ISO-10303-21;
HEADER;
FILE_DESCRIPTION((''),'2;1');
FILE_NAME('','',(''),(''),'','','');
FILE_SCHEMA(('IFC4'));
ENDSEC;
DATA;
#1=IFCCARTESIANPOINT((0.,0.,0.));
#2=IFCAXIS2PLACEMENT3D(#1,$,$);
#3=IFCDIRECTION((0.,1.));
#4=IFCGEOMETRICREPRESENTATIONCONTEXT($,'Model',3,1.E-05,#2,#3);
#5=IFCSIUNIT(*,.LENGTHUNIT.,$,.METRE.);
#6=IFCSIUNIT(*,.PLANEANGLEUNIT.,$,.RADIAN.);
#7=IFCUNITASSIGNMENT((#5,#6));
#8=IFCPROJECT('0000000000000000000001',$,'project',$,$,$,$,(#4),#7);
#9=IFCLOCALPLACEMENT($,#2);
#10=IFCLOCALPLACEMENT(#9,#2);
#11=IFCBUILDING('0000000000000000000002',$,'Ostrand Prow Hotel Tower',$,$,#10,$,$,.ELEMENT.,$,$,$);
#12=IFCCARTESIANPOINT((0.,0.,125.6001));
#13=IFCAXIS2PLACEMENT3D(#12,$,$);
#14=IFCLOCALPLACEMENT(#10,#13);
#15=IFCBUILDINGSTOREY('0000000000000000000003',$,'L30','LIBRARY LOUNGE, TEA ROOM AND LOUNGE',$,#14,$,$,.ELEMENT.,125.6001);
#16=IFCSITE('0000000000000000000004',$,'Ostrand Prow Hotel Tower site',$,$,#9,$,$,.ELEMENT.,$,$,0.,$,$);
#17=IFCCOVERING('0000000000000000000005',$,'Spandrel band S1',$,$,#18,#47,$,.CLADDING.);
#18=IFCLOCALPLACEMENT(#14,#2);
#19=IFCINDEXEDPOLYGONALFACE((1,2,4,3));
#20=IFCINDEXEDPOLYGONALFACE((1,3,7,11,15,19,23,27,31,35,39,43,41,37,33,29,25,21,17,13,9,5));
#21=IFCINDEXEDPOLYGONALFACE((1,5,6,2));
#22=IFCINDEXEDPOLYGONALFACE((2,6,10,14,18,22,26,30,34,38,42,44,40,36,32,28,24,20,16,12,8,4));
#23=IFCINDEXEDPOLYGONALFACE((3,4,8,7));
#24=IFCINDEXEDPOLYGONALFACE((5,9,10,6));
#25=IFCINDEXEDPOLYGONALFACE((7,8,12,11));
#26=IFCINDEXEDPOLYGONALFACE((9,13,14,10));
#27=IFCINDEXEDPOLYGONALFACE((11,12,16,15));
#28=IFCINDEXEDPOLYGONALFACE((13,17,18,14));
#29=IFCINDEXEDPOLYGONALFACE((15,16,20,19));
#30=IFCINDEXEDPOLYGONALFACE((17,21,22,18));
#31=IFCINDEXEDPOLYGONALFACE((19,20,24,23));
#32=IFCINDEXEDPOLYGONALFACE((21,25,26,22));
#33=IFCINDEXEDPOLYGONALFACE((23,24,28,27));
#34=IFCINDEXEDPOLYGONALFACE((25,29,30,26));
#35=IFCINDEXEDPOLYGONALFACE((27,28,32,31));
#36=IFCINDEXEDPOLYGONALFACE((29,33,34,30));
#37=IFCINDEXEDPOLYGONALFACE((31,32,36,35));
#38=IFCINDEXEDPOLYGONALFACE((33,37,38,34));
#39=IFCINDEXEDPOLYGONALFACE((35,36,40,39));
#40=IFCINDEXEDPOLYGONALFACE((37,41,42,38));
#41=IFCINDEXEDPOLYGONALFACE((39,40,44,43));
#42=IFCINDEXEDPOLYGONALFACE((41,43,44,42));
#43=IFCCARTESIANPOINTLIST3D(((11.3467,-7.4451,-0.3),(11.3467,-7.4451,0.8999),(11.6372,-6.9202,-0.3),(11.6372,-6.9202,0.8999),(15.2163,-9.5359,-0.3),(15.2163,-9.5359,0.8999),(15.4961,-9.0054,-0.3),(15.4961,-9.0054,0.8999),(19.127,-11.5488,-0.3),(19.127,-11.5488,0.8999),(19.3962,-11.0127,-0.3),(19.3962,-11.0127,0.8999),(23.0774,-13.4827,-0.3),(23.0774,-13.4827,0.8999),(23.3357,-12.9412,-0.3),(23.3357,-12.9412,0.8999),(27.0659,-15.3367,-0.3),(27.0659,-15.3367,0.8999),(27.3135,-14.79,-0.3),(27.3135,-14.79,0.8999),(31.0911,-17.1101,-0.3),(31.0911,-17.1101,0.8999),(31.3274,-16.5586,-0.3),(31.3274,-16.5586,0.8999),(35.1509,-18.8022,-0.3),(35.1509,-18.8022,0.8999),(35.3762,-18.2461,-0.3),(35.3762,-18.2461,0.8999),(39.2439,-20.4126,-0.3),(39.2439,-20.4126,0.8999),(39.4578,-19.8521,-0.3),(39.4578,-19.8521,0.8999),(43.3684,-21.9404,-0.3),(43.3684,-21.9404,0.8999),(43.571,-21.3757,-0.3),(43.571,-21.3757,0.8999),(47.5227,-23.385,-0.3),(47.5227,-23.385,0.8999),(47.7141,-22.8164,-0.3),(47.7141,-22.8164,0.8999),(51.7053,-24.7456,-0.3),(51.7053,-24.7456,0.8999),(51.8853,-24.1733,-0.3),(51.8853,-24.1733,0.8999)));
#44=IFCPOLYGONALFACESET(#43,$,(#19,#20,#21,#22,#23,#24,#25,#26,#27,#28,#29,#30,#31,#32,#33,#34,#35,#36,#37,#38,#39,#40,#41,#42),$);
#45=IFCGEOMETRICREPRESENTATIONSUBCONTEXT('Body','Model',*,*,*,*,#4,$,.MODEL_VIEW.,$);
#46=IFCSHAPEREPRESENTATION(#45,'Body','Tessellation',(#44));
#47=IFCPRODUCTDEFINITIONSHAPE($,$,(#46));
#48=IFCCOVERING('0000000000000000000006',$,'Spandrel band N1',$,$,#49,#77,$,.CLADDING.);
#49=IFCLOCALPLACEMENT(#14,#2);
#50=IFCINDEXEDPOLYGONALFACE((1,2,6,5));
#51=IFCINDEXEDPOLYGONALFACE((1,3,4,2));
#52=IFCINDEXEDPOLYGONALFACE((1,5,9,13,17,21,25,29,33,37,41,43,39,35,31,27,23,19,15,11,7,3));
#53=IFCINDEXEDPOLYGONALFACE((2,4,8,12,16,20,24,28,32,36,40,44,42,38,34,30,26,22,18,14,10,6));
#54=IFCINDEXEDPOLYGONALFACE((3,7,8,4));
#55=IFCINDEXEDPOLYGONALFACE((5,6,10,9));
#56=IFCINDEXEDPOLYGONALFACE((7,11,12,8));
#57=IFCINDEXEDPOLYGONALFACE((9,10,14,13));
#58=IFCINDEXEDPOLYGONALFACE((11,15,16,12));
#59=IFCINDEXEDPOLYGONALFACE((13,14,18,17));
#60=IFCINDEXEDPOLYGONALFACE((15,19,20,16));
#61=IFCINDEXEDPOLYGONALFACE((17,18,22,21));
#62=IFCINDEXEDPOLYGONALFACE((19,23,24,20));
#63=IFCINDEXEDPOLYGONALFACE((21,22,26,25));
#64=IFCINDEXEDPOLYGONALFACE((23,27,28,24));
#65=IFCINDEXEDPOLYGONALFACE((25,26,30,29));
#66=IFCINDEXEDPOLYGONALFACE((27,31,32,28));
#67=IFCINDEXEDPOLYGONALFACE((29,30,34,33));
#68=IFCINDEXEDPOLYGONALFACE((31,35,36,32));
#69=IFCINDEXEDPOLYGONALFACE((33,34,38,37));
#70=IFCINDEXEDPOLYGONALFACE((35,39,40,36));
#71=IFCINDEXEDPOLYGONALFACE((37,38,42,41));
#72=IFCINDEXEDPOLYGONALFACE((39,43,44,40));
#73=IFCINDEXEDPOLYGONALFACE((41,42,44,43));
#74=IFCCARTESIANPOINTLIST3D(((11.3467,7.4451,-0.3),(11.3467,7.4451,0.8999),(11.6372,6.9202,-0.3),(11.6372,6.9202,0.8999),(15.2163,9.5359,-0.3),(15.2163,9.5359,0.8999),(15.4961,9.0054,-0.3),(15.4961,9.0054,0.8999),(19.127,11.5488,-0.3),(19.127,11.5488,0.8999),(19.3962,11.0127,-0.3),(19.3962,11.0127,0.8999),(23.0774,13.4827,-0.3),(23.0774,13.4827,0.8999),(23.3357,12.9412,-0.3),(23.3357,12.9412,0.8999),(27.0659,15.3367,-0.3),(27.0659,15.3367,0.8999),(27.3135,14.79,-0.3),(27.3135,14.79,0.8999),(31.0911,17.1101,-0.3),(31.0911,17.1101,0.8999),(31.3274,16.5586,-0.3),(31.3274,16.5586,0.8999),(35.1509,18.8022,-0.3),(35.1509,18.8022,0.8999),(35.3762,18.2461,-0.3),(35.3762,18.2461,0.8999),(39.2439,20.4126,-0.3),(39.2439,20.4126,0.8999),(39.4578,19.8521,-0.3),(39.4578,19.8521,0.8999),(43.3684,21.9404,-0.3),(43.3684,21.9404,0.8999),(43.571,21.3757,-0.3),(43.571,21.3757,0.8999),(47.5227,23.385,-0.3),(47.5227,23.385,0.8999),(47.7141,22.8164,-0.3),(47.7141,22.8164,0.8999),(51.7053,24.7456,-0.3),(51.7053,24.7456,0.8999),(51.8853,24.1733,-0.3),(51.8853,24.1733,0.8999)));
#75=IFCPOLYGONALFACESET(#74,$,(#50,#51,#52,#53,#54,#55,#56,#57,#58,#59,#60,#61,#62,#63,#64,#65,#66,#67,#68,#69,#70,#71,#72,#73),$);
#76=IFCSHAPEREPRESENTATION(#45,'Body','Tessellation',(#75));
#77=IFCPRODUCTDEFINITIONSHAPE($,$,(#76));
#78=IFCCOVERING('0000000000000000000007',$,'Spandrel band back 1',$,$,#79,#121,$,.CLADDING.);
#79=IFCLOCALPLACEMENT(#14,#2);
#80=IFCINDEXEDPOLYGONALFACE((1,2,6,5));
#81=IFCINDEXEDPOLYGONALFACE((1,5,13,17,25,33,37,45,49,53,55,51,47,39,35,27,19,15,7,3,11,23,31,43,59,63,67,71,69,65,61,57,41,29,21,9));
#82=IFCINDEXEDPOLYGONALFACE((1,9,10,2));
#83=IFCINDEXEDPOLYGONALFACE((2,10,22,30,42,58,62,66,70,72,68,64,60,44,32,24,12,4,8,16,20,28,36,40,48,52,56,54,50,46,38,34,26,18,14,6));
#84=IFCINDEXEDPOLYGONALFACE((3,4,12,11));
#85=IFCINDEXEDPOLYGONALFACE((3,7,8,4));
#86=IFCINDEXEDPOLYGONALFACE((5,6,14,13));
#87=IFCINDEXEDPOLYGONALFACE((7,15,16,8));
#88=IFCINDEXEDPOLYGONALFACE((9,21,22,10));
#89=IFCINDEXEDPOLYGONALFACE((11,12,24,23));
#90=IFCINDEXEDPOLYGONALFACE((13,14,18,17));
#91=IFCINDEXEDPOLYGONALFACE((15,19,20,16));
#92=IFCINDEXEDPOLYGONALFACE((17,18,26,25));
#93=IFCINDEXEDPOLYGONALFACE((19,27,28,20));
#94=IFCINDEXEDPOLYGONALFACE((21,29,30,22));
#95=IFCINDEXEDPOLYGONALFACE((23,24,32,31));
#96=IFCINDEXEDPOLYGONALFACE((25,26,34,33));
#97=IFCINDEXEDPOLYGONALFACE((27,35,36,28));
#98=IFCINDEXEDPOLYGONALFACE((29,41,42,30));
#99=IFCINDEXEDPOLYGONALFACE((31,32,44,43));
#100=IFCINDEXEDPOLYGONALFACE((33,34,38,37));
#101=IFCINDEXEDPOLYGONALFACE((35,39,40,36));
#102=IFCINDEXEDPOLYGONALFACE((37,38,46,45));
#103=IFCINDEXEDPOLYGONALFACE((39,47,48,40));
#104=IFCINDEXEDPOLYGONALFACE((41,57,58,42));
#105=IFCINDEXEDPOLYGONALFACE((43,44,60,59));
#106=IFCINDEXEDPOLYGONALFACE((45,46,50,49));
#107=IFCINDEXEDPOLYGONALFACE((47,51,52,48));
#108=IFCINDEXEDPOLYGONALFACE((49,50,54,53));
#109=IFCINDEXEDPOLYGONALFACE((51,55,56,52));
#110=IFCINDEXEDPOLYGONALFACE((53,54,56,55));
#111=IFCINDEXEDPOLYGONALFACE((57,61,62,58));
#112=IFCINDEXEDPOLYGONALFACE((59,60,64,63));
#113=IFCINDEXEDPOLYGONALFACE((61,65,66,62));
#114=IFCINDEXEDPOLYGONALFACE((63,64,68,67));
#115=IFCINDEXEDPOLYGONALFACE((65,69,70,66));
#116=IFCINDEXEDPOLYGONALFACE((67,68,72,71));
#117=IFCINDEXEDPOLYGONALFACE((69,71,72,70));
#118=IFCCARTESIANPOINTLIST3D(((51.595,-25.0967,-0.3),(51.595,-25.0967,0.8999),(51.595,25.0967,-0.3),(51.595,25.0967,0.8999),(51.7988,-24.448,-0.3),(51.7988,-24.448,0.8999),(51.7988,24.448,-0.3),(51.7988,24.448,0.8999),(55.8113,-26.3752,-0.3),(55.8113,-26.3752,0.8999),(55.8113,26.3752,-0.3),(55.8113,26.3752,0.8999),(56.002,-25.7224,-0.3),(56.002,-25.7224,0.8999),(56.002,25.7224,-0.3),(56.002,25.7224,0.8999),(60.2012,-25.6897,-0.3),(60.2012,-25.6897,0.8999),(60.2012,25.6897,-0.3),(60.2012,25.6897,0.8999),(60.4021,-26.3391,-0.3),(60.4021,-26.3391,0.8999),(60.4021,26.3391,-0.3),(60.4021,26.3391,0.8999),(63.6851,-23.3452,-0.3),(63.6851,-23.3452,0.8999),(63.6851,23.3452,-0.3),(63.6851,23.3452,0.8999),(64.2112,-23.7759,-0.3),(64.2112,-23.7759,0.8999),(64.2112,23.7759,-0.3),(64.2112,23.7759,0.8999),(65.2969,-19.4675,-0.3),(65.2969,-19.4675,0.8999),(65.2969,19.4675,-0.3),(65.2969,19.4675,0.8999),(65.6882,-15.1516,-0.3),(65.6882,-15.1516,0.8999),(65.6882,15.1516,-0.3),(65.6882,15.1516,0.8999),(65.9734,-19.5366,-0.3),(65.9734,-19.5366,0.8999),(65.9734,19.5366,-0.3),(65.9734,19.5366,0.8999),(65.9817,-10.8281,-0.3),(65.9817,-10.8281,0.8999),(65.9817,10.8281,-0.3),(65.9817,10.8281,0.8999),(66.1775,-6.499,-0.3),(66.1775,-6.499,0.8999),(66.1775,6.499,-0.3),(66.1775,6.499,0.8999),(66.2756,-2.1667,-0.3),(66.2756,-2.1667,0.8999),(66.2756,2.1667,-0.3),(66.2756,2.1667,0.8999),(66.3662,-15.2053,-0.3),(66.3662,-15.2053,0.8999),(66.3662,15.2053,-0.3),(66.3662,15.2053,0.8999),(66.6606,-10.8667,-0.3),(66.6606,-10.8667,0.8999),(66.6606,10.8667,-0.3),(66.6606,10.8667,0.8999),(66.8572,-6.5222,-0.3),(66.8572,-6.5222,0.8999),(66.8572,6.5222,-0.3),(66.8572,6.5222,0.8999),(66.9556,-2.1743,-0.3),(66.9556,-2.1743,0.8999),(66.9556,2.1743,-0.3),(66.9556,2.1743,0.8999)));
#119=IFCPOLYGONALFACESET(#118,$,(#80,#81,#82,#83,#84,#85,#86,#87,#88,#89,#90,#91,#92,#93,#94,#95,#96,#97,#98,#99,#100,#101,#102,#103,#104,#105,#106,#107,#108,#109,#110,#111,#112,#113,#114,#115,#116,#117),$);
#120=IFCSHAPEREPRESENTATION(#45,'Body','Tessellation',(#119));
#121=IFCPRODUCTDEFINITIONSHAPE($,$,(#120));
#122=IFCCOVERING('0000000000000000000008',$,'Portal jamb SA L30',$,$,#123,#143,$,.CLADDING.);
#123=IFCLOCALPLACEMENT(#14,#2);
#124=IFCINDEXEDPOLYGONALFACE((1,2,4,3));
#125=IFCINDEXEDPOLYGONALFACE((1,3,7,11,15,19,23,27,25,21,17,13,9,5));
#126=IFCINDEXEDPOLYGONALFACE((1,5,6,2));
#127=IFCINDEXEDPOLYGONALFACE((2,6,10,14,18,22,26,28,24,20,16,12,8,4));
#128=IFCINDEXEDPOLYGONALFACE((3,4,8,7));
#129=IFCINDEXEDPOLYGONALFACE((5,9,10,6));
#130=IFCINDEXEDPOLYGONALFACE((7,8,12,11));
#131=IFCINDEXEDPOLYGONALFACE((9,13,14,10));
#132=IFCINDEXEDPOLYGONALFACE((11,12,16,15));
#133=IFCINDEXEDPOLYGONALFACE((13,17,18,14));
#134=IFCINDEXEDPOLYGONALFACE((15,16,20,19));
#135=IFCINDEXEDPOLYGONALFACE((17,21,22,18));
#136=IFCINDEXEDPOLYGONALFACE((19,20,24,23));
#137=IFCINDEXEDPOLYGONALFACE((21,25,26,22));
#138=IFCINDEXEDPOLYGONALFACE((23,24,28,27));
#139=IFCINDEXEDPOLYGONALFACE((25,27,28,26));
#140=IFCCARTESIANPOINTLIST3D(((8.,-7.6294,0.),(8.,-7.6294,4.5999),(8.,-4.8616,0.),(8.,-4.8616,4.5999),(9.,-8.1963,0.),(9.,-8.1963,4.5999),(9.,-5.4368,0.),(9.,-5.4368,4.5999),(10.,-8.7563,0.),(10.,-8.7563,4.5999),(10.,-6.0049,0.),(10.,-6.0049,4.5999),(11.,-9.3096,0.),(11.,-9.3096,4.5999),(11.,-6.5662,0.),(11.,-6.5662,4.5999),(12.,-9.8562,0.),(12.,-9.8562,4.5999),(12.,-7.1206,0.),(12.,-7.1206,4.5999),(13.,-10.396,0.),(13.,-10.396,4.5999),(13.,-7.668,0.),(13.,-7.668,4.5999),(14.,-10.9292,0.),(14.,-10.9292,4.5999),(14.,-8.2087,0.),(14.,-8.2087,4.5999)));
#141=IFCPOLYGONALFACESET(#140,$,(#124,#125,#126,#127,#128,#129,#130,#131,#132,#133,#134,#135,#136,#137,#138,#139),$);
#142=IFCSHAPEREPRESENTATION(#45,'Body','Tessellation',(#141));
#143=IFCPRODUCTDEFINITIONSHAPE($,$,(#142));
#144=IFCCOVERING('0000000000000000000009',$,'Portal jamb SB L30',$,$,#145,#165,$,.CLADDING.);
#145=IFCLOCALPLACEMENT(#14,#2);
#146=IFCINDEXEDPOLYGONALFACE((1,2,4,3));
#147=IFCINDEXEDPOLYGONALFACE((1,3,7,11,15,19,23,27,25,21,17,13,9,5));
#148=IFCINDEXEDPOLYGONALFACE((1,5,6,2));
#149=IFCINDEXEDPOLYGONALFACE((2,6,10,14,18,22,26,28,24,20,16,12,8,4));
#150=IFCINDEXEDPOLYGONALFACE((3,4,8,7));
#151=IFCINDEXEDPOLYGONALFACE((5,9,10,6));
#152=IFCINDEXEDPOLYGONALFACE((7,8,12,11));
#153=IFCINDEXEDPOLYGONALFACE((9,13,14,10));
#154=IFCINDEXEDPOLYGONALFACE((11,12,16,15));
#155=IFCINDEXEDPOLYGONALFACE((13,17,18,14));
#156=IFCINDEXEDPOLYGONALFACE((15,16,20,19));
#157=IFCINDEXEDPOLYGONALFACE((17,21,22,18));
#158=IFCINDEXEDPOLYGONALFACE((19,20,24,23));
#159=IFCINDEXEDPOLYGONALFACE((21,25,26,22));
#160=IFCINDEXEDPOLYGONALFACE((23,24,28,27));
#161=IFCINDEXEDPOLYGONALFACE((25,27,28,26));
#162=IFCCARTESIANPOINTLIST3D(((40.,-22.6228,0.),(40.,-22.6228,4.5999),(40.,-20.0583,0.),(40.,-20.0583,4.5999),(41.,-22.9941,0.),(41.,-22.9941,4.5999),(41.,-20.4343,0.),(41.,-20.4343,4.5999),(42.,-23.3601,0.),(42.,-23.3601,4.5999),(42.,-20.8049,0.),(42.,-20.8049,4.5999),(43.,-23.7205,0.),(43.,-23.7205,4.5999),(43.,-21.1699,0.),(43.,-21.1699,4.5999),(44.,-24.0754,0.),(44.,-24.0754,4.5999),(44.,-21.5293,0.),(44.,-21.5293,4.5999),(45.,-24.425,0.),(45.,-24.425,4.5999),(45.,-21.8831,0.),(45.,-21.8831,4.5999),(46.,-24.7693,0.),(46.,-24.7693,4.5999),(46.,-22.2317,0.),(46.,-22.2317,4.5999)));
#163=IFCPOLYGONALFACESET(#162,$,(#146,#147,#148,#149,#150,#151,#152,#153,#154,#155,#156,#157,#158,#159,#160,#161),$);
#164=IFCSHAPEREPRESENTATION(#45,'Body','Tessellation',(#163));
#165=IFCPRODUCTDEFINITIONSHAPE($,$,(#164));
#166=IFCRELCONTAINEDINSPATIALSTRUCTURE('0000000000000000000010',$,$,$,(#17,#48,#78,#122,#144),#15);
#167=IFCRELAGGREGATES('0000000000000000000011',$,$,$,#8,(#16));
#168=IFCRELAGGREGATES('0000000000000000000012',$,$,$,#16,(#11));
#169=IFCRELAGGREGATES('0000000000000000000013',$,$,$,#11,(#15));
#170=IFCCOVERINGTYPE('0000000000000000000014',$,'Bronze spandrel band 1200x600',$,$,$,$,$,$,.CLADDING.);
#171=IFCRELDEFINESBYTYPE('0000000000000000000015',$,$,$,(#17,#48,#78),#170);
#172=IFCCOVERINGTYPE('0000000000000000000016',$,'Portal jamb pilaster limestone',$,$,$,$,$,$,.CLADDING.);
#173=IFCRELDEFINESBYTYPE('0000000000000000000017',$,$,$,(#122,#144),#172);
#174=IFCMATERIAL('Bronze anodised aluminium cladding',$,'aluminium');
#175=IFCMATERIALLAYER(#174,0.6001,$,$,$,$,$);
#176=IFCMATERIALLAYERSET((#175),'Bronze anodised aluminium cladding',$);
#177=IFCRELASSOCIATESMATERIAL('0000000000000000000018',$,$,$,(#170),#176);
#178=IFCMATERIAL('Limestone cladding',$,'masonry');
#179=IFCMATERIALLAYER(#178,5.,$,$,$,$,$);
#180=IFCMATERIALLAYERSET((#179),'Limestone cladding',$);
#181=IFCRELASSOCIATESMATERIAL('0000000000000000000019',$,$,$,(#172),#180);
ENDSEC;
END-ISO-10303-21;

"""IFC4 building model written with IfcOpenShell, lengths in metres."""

from ifc_helpers import new_model, si_unit, direction, frame, origin, place, context, subcontext, project, spatial, polyline, outline, extrude, material, layer, layer_set, type_object, element, save


model = new_model("IFC4")

# Units and contexts
model_context = context("Model", 3, precision=1e-05, world=origin(), true_north=direction((0.0, 1.0)))
body_context = subcontext(model_context, "Body", "Model", "MODEL_VIEW")
ifc_project = project(units=[si_unit("LENGTHUNIT", "METRE"), si_unit("PLANEANGLEUNIT", "RADIAN")], contexts=[model_context])

# Site, building, storey
site_placement = place(None, origin())
site = spatial("IfcSite", under=ifc_project, at=site_placement, Name="Ostrand Prow Hotel Tower site", CompositionType="ELEMENT", RefElevation=0.0)
building_placement = place(site_placement, origin())
building = spatial("IfcBuilding", under=site, at=building_placement, Name="Ostrand Prow Hotel Tower", CompositionType="ELEMENT")
storey_placement = place(building_placement, frame((0.0, 0.0, 125.6001)))
storey = spatial("IfcBuildingStorey", under=building, at=storey_placement, Name="L30", Description="LIBRARY LOUNGE, TEA ROOM AND LOUNGE", CompositionType="ELEMENT", Elevation=125.6001)

# Coverings
ifc_material_1 = material(Name="Bronze anodised aluminium cladding", Category="aluminium")
ifc_layer_1 = layer(ifc_material_1, 0.6001)
ifc_layer_set_1 = layer_set([ifc_layer_1], Name="Bronze anodised aluminium cladding")
covering_type_1 = type_object("IfcCoveringType", Name="Bronze spandrel band 1200x600", PredefinedType="CLADDING", material=ifc_layer_set_1)
covering_1_placement = place(storey_placement, frame((0.0, 0.0, -0.3)))
element("IfcCovering", 1, at=covering_1_placement, inside=storey, type_object=covering_type_1, Name="Spandrel band S1", PredefinedType="CLADDING", context=body_context, shape_type="SweptSolid", body=[
    extrude(outline(polyline([(11.3467, -7.4451), (15.2163, -9.5359), (19.127, -11.5488), (23.0774, -13.4827), (27.0659, -15.3367), (31.0911, -17.1101), (35.1509, -18.8022), (39.2439, -20.4126), (43.3684, -21.9404), (47.5227, -23.385), (51.7053, -24.7456), (51.8853, -24.1733), (47.7141, -22.8164), (43.571, -21.3757), (39.4578, -19.8521), (35.3762, -18.2461), (31.3274, -16.5586), (27.3135, -14.79), (23.3357, -12.9412), (19.3962, -11.0127), (15.4961, -9.0054), (11.6372, -6.9202), (11.3467, -7.4451)])), origin(), (0.0, 0.0, 1.0), 1.2),
])
covering_2_placement = place(storey_placement, frame((0.0, 0.0, -0.3)))
element("IfcCovering", 2, at=covering_2_placement, inside=storey, type_object=covering_type_1, Name="Spandrel band N1", PredefinedType="CLADDING", context=body_context, shape_type="SweptSolid", body=[
    extrude(outline(polyline([(51.7053, 24.7456), (47.5227, 23.385), (43.3684, 21.9404), (39.2439, 20.4126), (35.1509, 18.8022), (31.0911, 17.1101), (27.0659, 15.3367), (23.0774, 13.4827), (19.127, 11.5488), (15.2163, 9.5359), (11.3467, 7.4451), (11.6372, 6.9202), (15.4961, 9.0054), (19.3962, 11.0127), (23.3357, 12.9412), (27.3135, 14.79), (31.3274, 16.5586), (35.3762, 18.2461), (39.4578, 19.8521), (43.571, 21.3757), (47.7141, 22.8164), (51.8853, 24.1733), (51.7053, 24.7456)])), origin(), (0.0, 0.0, 1.0), 1.2),
])
covering_3_placement = place(storey_placement, frame((0.0, 0.0, -0.3)))
element("IfcCovering", 3, at=covering_3_placement, inside=storey, type_object=covering_type_1, Name="Spandrel band back 1", PredefinedType="CLADDING", context=body_context, shape_type="SweptSolid", body=[
    extrude(outline(polyline([(51.595, -25.0967), (55.8113, -26.3752), (60.4021, -26.3391), (64.2112, -23.7759), (65.9734, -19.5366), (66.3662, -15.2053), (66.6606, -10.8667), (66.8572, -6.5222), (66.9556, -2.1743), (66.9556, 2.1743), (66.8572, 6.5222), (66.6606, 10.8667), (66.3662, 15.2053), (65.9734, 19.5366), (64.2112, 23.7759), (60.4021, 26.3391), (55.8113, 26.3752), (51.595, 25.0967), (51.7988, 24.448), (56.002, 25.7224), (60.2012, 25.6897), (63.6851, 23.3452), (65.2969, 19.4675), (65.6882, 15.1516), (65.9817, 10.8281), (66.1775, 6.499), (66.2756, 2.1667), (66.2756, -2.1667), (66.1775, -6.499), (65.9817, -10.8281), (65.6882, -15.1516), (65.2969, -19.4675), (63.6851, -23.3452), (60.2012, -25.6897), (56.002, -25.7224), (51.7988, -24.448), (51.595, -25.0967)])), origin(), (0.0, 0.0, 1.0), 1.2),
])
ifc_material_2 = material(Name="Limestone cladding", Category="masonry")
ifc_layer_2 = layer(ifc_material_2, 5.0)
ifc_layer_set_2 = layer_set([ifc_layer_2], Name="Limestone cladding")
covering_type_2 = type_object("IfcCoveringType", Name="Portal jamb pilaster limestone", PredefinedType="CLADDING", material=ifc_layer_set_2)
covering_4_placement = place(storey_placement, origin())
element("IfcCovering", 4, at=covering_4_placement, inside=storey, type_object=covering_type_2, Name="Portal jamb SA L30", PredefinedType="CLADDING", context=body_context, shape_type="SweptSolid", body=[
    extrude(outline(polyline([(8.0, -4.8616), (8.0, -7.6294), (9.0, -8.1963), (10.0, -8.7563), (11.0, -9.3096), (12.0, -9.8562), (13.0, -10.396), (14.0, -10.9292), (14.0, -8.2087), (13.0, -7.668), (12.0, -7.1206), (11.0, -6.5662), (10.0, -6.0049), (9.0, -5.4368), (8.0, -4.8616)])), origin(), (0.0, 0.0, 1.0), 4.5999),
])
covering_5_placement = place(storey_placement, origin())
element("IfcCovering", 5, at=covering_5_placement, inside=storey, type_object=covering_type_2, Name="Portal jamb SB L30", PredefinedType="CLADDING", context=body_context, shape_type="SweptSolid", body=[
    extrude(outline(polyline([(40.0, -20.0583), (40.0, -22.6228), (41.0, -22.9941), (42.0, -23.3601), (43.0, -23.7205), (44.0, -24.0754), (45.0, -24.425), (46.0, -24.7693), (46.0, -22.2317), (45.0, -21.8831), (44.0, -21.5293), (43.0, -21.1699), (42.0, -20.8049), (41.0, -20.4343), (40.0, -20.0583)])), origin(), (0.0, 0.0, 1.0), 4.5999),
])

save(model, "model.ifc")
